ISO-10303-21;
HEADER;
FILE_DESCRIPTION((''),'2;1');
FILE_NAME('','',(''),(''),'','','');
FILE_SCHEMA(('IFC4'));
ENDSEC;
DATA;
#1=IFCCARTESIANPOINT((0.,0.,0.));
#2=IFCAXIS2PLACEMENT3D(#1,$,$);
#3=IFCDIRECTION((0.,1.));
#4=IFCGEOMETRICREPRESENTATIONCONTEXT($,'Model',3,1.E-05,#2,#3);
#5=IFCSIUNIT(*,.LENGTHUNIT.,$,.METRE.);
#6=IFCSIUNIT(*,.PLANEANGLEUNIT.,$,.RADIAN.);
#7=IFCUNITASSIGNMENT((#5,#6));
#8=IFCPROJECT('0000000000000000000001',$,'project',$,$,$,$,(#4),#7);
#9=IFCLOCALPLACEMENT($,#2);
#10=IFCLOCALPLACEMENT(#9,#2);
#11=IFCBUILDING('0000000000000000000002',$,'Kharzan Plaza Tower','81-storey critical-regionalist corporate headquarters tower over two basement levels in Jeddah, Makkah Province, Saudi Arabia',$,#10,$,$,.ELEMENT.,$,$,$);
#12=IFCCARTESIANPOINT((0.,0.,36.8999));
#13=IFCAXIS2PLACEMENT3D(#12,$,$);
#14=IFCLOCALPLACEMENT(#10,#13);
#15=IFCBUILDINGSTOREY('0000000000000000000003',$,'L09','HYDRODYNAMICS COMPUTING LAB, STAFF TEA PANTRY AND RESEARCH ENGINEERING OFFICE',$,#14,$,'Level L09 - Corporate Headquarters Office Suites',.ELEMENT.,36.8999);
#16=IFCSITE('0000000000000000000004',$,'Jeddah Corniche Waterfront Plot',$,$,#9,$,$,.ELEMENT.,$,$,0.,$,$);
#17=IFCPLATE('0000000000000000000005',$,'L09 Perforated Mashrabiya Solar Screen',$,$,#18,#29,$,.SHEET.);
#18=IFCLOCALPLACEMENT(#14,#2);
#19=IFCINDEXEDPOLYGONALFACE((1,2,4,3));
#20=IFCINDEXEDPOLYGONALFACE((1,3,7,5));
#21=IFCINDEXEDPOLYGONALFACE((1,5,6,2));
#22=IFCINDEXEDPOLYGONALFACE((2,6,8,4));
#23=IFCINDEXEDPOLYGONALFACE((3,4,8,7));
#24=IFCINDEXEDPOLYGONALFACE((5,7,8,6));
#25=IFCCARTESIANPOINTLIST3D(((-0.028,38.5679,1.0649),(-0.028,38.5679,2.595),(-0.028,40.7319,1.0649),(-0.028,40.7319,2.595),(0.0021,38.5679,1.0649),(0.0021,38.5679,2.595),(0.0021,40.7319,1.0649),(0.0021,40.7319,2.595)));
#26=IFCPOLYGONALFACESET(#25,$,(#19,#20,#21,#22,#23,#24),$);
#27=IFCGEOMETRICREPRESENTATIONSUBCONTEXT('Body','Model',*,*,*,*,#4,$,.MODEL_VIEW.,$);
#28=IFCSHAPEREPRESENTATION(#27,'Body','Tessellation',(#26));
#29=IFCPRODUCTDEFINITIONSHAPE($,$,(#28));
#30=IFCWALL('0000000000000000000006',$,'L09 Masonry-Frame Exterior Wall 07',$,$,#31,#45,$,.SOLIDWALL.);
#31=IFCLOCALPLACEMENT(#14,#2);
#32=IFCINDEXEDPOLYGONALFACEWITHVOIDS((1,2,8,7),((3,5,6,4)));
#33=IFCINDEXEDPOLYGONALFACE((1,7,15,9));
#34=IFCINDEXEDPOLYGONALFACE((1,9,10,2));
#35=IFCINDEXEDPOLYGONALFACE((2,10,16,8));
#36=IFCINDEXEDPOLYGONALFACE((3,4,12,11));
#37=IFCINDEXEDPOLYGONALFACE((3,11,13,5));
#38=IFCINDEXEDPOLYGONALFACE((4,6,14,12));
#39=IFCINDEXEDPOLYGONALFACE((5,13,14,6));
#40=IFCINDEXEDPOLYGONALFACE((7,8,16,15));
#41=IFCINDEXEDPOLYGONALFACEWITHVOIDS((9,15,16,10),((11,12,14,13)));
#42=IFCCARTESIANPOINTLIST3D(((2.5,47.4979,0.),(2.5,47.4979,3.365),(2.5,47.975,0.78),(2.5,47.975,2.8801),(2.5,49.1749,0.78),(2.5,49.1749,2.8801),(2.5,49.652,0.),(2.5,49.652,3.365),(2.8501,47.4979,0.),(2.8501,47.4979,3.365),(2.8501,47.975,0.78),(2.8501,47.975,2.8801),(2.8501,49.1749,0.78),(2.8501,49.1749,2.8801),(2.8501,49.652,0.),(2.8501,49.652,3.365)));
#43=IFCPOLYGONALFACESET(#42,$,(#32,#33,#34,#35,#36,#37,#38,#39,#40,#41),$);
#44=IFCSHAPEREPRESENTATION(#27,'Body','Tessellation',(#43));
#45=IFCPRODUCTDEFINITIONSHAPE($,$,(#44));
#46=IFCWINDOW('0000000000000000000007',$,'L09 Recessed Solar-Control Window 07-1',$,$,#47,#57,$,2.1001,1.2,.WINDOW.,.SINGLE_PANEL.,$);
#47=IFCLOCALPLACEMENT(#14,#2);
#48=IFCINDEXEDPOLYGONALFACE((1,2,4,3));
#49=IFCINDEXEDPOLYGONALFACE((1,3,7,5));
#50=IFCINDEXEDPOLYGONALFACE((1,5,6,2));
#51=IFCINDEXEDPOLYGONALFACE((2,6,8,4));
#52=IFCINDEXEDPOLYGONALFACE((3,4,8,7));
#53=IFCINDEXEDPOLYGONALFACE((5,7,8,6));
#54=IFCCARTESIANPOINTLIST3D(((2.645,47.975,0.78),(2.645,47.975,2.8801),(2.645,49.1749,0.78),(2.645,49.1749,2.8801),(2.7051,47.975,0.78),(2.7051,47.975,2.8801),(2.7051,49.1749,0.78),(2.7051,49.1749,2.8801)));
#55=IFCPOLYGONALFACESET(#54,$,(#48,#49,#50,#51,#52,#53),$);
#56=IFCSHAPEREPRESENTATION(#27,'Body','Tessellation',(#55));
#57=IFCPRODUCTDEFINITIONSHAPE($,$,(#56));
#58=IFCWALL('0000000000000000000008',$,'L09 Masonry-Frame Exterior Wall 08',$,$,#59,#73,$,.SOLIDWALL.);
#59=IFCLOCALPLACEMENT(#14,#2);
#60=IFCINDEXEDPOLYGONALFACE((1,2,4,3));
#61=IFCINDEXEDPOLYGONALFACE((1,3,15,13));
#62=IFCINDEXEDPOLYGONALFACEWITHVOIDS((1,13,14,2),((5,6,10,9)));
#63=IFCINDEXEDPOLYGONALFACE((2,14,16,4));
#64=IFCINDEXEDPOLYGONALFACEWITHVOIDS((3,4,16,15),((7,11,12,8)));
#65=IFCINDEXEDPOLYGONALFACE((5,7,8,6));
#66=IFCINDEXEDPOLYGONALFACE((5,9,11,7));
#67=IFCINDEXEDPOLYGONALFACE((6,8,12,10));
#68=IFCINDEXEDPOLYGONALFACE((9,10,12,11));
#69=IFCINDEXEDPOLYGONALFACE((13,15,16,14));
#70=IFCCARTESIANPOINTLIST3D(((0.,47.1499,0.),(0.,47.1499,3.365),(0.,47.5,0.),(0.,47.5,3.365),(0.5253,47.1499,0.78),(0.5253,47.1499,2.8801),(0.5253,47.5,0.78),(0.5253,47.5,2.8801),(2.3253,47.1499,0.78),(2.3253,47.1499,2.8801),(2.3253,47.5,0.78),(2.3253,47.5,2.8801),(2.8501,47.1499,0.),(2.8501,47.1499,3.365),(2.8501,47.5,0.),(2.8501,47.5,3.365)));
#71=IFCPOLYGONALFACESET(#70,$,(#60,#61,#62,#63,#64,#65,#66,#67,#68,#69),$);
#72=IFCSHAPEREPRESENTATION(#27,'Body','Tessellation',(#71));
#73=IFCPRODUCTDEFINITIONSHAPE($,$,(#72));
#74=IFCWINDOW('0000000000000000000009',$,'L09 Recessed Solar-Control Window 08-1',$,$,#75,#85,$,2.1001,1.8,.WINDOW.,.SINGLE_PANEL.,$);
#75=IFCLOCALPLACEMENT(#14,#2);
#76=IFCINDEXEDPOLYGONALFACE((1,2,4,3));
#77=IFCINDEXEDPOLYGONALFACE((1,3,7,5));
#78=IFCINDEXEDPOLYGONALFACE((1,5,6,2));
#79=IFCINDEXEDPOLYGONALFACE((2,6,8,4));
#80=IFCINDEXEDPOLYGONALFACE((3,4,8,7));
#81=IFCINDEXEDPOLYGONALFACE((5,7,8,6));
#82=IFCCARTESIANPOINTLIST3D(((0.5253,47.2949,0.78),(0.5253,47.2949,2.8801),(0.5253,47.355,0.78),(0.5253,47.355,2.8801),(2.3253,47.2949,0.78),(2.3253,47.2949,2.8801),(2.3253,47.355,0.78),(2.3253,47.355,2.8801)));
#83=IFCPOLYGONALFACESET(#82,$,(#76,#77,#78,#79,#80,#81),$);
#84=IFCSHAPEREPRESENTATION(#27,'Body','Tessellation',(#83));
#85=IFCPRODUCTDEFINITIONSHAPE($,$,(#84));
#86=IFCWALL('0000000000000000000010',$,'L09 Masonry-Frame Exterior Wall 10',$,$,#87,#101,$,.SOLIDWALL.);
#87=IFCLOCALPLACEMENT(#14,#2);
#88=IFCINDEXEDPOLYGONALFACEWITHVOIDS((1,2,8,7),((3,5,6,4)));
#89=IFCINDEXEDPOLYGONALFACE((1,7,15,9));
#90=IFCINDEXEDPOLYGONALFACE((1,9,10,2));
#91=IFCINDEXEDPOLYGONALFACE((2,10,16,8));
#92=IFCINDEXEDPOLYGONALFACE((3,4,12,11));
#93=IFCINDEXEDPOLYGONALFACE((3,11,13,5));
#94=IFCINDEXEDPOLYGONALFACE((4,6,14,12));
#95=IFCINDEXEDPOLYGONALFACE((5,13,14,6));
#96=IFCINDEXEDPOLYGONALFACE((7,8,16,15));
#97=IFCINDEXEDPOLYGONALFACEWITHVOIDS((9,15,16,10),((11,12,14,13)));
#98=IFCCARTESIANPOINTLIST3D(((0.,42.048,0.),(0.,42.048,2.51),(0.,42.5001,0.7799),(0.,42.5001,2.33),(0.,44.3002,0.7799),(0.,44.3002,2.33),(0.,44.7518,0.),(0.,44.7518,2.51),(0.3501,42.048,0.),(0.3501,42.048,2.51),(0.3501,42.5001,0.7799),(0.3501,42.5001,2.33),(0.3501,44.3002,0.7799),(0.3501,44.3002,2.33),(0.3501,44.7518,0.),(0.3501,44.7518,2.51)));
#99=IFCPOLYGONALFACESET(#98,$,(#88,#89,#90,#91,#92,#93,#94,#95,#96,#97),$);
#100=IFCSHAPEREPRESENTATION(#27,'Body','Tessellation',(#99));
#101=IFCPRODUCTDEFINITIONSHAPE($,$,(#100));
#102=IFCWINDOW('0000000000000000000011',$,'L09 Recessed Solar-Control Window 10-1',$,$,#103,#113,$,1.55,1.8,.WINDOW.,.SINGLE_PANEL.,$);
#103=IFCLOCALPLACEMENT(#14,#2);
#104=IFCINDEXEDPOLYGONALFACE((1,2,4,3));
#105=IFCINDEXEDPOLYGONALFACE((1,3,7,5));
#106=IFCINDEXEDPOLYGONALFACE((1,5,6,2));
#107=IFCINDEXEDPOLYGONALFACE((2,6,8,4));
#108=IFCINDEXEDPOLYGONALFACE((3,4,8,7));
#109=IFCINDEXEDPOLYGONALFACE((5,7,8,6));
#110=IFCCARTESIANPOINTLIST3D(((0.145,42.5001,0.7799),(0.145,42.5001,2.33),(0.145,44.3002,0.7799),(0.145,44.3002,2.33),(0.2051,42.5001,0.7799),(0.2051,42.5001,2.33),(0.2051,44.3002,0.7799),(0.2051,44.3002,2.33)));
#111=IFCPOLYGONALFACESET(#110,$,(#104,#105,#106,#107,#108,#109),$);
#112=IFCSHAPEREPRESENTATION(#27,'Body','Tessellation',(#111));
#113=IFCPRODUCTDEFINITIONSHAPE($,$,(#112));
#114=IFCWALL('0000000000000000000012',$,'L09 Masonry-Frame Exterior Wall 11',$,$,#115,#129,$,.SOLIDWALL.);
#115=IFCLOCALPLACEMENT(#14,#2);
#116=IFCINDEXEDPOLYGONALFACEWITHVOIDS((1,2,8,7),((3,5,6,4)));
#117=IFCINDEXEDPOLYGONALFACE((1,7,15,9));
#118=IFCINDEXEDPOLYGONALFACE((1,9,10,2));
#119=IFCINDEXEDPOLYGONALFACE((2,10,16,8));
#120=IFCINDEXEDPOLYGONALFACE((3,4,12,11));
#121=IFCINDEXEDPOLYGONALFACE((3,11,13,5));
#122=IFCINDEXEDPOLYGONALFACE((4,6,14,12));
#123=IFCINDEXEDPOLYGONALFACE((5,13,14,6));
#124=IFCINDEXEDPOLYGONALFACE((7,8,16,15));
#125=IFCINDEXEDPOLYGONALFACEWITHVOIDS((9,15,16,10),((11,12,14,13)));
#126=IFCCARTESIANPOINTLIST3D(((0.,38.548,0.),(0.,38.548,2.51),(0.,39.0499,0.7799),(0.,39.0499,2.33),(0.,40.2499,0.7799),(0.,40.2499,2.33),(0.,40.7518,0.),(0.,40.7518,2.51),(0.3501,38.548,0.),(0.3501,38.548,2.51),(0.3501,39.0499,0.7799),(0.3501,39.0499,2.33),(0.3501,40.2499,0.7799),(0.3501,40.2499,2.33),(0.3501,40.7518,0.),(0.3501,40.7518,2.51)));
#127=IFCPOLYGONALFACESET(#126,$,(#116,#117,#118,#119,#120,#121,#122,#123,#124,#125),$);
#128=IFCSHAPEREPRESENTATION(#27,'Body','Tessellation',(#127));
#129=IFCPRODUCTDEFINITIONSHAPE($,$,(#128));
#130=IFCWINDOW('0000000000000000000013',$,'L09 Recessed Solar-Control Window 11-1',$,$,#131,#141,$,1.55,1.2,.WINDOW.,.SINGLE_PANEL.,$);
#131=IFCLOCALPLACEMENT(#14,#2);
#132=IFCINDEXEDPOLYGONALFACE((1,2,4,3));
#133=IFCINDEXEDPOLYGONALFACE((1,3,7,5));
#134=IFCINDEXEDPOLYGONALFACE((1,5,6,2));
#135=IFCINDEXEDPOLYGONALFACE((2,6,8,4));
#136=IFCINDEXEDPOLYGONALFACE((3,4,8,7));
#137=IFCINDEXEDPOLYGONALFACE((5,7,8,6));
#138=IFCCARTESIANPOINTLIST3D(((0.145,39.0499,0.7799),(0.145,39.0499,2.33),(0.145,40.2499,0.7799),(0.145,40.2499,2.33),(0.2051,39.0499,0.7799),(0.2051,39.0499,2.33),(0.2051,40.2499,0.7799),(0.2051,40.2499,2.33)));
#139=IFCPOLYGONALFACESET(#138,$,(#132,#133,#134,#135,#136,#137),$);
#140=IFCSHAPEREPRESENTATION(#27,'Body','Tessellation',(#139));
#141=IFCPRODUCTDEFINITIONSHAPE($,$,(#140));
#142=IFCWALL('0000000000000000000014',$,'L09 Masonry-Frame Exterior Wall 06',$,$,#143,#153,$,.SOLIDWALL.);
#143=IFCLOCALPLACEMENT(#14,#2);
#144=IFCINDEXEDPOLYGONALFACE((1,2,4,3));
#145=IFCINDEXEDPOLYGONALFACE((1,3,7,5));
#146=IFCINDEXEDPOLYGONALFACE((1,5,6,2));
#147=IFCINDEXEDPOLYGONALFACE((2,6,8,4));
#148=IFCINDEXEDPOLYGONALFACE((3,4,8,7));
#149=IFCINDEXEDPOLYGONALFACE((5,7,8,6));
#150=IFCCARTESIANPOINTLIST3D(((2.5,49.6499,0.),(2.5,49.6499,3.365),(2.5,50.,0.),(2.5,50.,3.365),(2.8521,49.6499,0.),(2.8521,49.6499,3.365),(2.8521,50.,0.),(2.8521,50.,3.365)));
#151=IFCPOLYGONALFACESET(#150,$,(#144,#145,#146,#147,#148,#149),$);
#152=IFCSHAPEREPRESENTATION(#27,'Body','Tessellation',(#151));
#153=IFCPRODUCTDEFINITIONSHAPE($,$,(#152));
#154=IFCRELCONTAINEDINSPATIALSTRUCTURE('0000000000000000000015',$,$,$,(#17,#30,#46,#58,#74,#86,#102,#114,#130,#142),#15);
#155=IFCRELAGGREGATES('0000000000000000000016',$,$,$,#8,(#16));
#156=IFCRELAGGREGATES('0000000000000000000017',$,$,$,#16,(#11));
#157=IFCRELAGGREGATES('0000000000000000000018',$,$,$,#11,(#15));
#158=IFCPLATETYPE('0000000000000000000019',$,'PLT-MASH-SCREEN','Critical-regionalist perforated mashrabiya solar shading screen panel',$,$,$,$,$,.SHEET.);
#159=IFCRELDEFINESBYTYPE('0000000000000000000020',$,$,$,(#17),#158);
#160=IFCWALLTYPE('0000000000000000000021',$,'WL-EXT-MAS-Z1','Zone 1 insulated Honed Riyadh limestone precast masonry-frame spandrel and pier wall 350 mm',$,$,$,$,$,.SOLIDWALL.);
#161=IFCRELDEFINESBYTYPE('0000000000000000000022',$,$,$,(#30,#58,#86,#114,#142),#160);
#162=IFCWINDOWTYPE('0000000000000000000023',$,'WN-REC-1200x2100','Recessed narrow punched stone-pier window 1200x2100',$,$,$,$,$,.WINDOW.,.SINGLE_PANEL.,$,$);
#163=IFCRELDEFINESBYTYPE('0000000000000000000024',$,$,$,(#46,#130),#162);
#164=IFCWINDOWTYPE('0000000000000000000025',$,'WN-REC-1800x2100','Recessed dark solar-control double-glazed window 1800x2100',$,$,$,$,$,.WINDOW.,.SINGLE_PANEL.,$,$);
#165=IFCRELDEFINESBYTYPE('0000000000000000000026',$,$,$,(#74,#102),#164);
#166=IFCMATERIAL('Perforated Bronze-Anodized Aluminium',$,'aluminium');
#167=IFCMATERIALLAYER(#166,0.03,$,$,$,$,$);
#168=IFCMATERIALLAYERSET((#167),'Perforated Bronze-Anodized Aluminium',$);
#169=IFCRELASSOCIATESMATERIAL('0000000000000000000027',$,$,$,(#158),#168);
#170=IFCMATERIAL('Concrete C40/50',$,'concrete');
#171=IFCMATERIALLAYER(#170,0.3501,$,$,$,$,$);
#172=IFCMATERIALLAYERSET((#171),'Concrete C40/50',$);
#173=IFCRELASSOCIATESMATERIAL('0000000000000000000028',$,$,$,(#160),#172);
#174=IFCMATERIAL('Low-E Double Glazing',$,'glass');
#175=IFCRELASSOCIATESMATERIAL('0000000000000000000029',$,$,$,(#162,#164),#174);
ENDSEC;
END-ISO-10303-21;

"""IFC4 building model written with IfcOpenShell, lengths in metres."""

from ifc_helpers import new_model, si_unit, direction, frame, frame_2d, origin, origin_2d, place, context, subcontext, project, spatial, rectangle, extrude, source, transform, mapped, material, layer, layer_set, type_object, element, fill, save


model = new_model("IFC4")

# Units and contexts
model_context = context("Model", 3, precision=1e-05, world=origin(), true_north=direction((0.0, 1.0)))
body_context = subcontext(model_context, "Body", "Model", "MODEL_VIEW")
ifc_project = project(units=[si_unit("LENGTHUNIT", "METRE"), si_unit("PLANEANGLEUNIT", "RADIAN")], contexts=[model_context])

# Site, building, storey
site_placement = place(None, origin())
site = spatial("IfcSite", under=ifc_project, at=site_placement, Name="Jeddah Corniche Waterfront Plot", CompositionType="ELEMENT", RefElevation=0.0)
building_placement = place(site_placement, origin())
building = spatial("IfcBuilding", under=site, at=building_placement, Name="Kharzan Plaza Tower", Description="81-storey critical-regionalist corporate headquarters tower over two basement levels in Jeddah, Makkah Province, Saudi Arabia", CompositionType="ELEMENT")
storey_placement = place(building_placement, frame((0.0, 0.0, 36.8999)))
storey = spatial("IfcBuildingStorey", under=building, at=storey_placement, Name="L09", Description="HYDRODYNAMICS COMPUTING LAB, STAFF TEA PANTRY AND RESEARCH ENGINEERING OFFICE", LongName="Level L09 - Corporate Headquarters Office Suites", CompositionType="ELEMENT", Elevation=36.8999)

# Plate
ifc_material_1 = material(Name="Perforated Bronze-Anodized Aluminium", Category="aluminium")
ifc_layer_1 = layer(ifc_material_1, 0.03)
ifc_layer_set_1 = layer_set([ifc_layer_1], Name="Perforated Bronze-Anodized Aluminium")
plate_type = type_object("IfcPlateType", Name="PLT-MASH-SCREEN", Description="Critical-regionalist perforated mashrabiya solar shading screen panel", PredefinedType="SHEET", material=ifc_layer_set_1)
shared_shape_1 = source(origin(), body_context, "Body", "SweptSolid", [
    extrude(rectangle(XDim=2.1641, YDim=0.03, at=origin_2d()), origin(), (0.0, 0.0, 1.0), 1.53),
])
plate_1_placement = place(storey_placement, frame((-0.0129, 39.6499, 1.0649), z_axis=(0.0, 0.0, 1.0), x_axis=(0.0, -1.0, 0.0)))
element("IfcPlate", 1, at=plate_1_placement, inside=storey, type_object=plate_type, Name="L09 Perforated Mashrabiya Solar Screen", PredefinedType="SHEET", context=body_context, shape_type="MappedRepresentation", body=[
    mapped(shared_shape_1, transform((0.0, 0.0, 0.0), x_axis=(1.0, 0.0, 0.0), y_axis=(0.0, 1.0, 0.0), z_axis=(0.0, 0.0, 1.0))),
])

# Walls, openings, windows
ifc_material_2 = material(Name="Concrete C40/50", Category="concrete")
ifc_layer_2 = layer(ifc_material_2, 0.3501)
ifc_layer_set_2 = layer_set([ifc_layer_2], Name="Concrete C40/50")
wall_type = type_object("IfcWallType", Name="WL-EXT-MAS-Z1", Description="Zone 1 insulated Honed Riyadh limestone precast masonry-frame spandrel and pier wall 350 mm", PredefinedType="SOLIDWALL", material=ifc_layer_set_2)
wall_1_placement = place(storey_placement, frame((2.675, 49.6521, 0.0), z_axis=(0.0, 0.0, 1.0), x_axis=(0.0, -1.0, 0.0)))
wall_1 = element("IfcWall", 2, at=wall_1_placement, inside=storey, type_object=wall_type, Name="L09 Masonry-Frame Exterior Wall 07", PredefinedType="SOLIDWALL", context=body_context, shape_type="SweptSolid", body=[
    extrude(rectangle(XDim=2.1541, YDim=0.3501, at=frame_2d((1.0771, 0.0))), origin(), (0.0, 0.0, 1.0), 3.365),
])
opening_1_placement = place(wall_1_placement, frame((0.4771, 0.0, 0.78)))
opening_1 = element("IfcOpeningElement", 3, at=opening_1_placement, cuts=wall_1, PredefinedType="OPENING", context=body_context, shape_type="SweptSolid", body=[
    extrude(rectangle(XDim=1.2, YDim=2.1001, at=frame_2d((0.6001, 1.05))), frame((0.0, 0.1851, 0.0), z_axis=(0.0, -1.0, 0.0), x_axis=(1.0, 0.0, 0.0)), (0.0, 0.0, 1.0), 0.3701),
])
ifc_material_3 = material(Name="Low-E Double Glazing", Category="glass")
window_type_1 = type_object("IfcWindowType", Name="WN-REC-1200x2100", Description="Recessed narrow punched stone-pier window 1200x2100", PartitioningType="SINGLE_PANEL", PredefinedType="WINDOW", material=ifc_material_3)
shared_shape_2 = source(origin(), body_context, "Body", "SweptSolid", [
    extrude(rectangle(XDim=1.2, YDim=2.1001, at=frame_2d((0.6001, 1.05))), frame((0.0, 0.03, 0.0), z_axis=(0.0, -1.0, 0.0), x_axis=(1.0, 0.0, 0.0)), (0.0, 0.0, 1.0), 0.0601),
])
window_1_placement = place(opening_1_placement, origin())
window_1 = element("IfcWindow", 4, at=window_1_placement, inside=storey, type_object=window_type_1, Name="L09 Recessed Solar-Control Window 07-1", OverallHeight=2.1001, OverallWidth=1.2, PartitioningType="SINGLE_PANEL", PredefinedType="WINDOW", context=body_context, shape_type="MappedRepresentation", body=[
    mapped(shared_shape_2, transform((0.0, 0.0, 0.0), x_axis=(1.0, 0.0, 0.0), y_axis=(0.0, 1.0, 0.0), z_axis=(0.0, 0.0, 1.0))),
])
fill(opening_1, window_1)
wall_2_placement = place(storey_placement, frame((2.8501, 47.325, 0.0), z_axis=(0.0, 0.0, 1.0), x_axis=(-1.0, 0.0, 0.0)))
wall_2 = element("IfcWall", 5, at=wall_2_placement, inside=storey, type_object=wall_type, Name="L09 Masonry-Frame Exterior Wall 08", PredefinedType="SOLIDWALL", context=body_context, shape_type="SweptSolid", body=[
    extrude(rectangle(XDim=2.8501, YDim=0.3501, at=frame_2d((1.425, 0.0))), origin(), (0.0, 0.0, 1.0), 3.365),
])
opening_2_placement = place(wall_2_placement, frame((0.5249, 0.0, 0.78)))
opening_2 = element("IfcOpeningElement", 6, at=opening_2_placement, cuts=wall_2, PredefinedType="OPENING", context=body_context, shape_type="SweptSolid", body=[
    extrude(rectangle(XDim=1.8, YDim=2.1001, at=frame_2d((0.8999, 1.05))), frame((0.0, 0.1851, 0.0), z_axis=(0.0, -1.0, 0.0), x_axis=(1.0, 0.0, 0.0)), (0.0, 0.0, 1.0), 0.3701),
])
window_type_2 = type_object("IfcWindowType", Name="WN-REC-1800x2100", Description="Recessed dark solar-control double-glazed window 1800x2100", PartitioningType="SINGLE_PANEL", PredefinedType="WINDOW", material=ifc_material_3)
shared_shape_3 = source(origin(), body_context, "Body", "SweptSolid", [
    extrude(rectangle(XDim=1.8, YDim=2.1001, at=frame_2d((0.8999, 1.05))), frame((0.0, 0.03, 0.0), z_axis=(0.0, -1.0, 0.0), x_axis=(1.0, 0.0, 0.0)), (0.0, 0.0, 1.0), 0.0601),
])
window_2_placement = place(opening_2_placement, origin())
window_2 = element("IfcWindow", 7, at=window_2_placement, inside=storey, type_object=window_type_2, Name="L09 Recessed Solar-Control Window 08-1", OverallHeight=2.1001, OverallWidth=1.8, PartitioningType="SINGLE_PANEL", PredefinedType="WINDOW", context=body_context, shape_type="MappedRepresentation", body=[
    mapped(shared_shape_3, transform((0.0, 0.0, 0.0), x_axis=(1.0, 0.0, 0.0), y_axis=(0.0, 1.0, 0.0), z_axis=(0.0, 0.0, 1.0))),
])
fill(opening_2, window_2)
wall_3_placement = place(storey_placement, frame((0.175, 44.752, 0.0), z_axis=(0.0, 0.0, 1.0), x_axis=(0.0, -1.0, 0.0)))
wall_3 = element("IfcWall", 8, at=wall_3_placement, inside=storey, type_object=wall_type, Name="L09 Masonry-Frame Exterior Wall 10", PredefinedType="SOLIDWALL", context=body_context, shape_type="SweptSolid", body=[
    extrude(rectangle(XDim=2.7039, YDim=0.3501, at=frame_2d((1.3521, 0.0))), origin(), (0.0, 0.0, 1.0), 2.51),
])
opening_3_placement = place(wall_3_placement, frame((0.4519, 0.0, 0.78)))
opening_3 = element("IfcOpeningElement", 9, at=opening_3_placement, cuts=wall_3, PredefinedType="OPENING", context=body_context, shape_type="SweptSolid", body=[
    extrude(rectangle(XDim=1.8, YDim=1.55, at=frame_2d((0.8999, 0.7749))), frame((0.0, 0.1851, 0.0), z_axis=(0.0, -1.0, 0.0), x_axis=(1.0, 0.0, 0.0)), (0.0, 0.0, 1.0), 0.3701),
])
shared_shape_4 = source(origin(), body_context, "Body", "SweptSolid", [
    extrude(rectangle(XDim=1.8, YDim=1.55, at=frame_2d((0.8999, 0.7749))), frame((0.0, 0.03, 0.0), z_axis=(0.0, -1.0, 0.0), x_axis=(1.0, 0.0, 0.0)), (0.0, 0.0, 1.0), 0.0601),
])
window_3_placement = place(opening_3_placement, origin())
window_3 = element("IfcWindow", 10, at=window_3_placement, inside=storey, type_object=window_type_2, Name="L09 Recessed Solar-Control Window 10-1", OverallHeight=1.55, OverallWidth=1.8, PartitioningType="SINGLE_PANEL", PredefinedType="WINDOW", context=body_context, shape_type="MappedRepresentation", body=[
    mapped(shared_shape_4, transform((0.0, 0.0, 0.0), x_axis=(1.0, 0.0, 0.0), y_axis=(0.0, 1.0, 0.0), z_axis=(0.0, 0.0, 1.0))),
])
fill(opening_3, window_3)
wall_4_placement = place(storey_placement, frame((0.175, 40.752, 0.0), z_axis=(0.0, 0.0, 1.0), x_axis=(0.0, -1.0, 0.0)))
wall_4 = element("IfcWall", 11, at=wall_4_placement, inside=storey, type_object=wall_type, Name="L09 Masonry-Frame Exterior Wall 11", PredefinedType="SOLIDWALL", context=body_context, shape_type="SweptSolid", body=[
    extrude(rectangle(XDim=2.2039, YDim=0.3501, at=frame_2d((1.1021, 0.0))), origin(), (0.0, 0.0, 1.0), 2.51),
])
opening_4_placement = place(wall_4_placement, frame((0.502, 0.0, 0.78)))
opening_4 = element("IfcOpeningElement", 12, at=opening_4_placement, cuts=wall_4, PredefinedType="OPENING", context=body_context, shape_type="SweptSolid", body=[
    extrude(rectangle(XDim=1.2, YDim=1.55, at=frame_2d((0.6001, 0.7749))), frame((0.0, 0.1851, 0.0), z_axis=(0.0, -1.0, 0.0), x_axis=(1.0, 0.0, 0.0)), (0.0, 0.0, 1.0), 0.3701),
])
shared_shape_5 = source(origin(), body_context, "Body", "SweptSolid", [
    extrude(rectangle(XDim=1.2, YDim=1.55, at=frame_2d((0.6001, 0.7749))), frame((0.0, 0.03, 0.0), z_axis=(0.0, -1.0, 0.0), x_axis=(1.0, 0.0, 0.0)), (0.0, 0.0, 1.0), 0.0601),
])
window_4_placement = place(opening_4_placement, origin())
window_4 = element("IfcWindow", 13, at=window_4_placement, inside=storey, type_object=window_type_1, Name="L09 Recessed Solar-Control Window 11-1", OverallHeight=1.55, OverallWidth=1.2, PartitioningType="SINGLE_PANEL", PredefinedType="WINDOW", context=body_context, shape_type="MappedRepresentation", body=[
    mapped(shared_shape_5, transform((0.0, 0.0, 0.0), x_axis=(1.0, 0.0, 0.0), y_axis=(0.0, 1.0, 0.0), z_axis=(0.0, 0.0, 1.0))),
])
fill(opening_4, window_4)

# Wall
shared_shape_6 = source(origin(), body_context, "Body", "SweptSolid", [
    extrude(rectangle(XDim=0.3521, YDim=0.3501, at=frame_2d((0.176, 0.0))), origin(), (0.0, 0.0, 1.0), 3.365),
])
wall_5_placement = place(storey_placement, frame((2.8521, 49.825, 0.0), z_axis=(0.0, 0.0, 1.0), x_axis=(-1.0, 0.0, 0.0)))
element("IfcWall", 14, at=wall_5_placement, inside=storey, type_object=wall_type, Name="L09 Masonry-Frame Exterior Wall 06", PredefinedType="SOLIDWALL", context=body_context, shape_type="MappedRepresentation", body=[
    mapped(shared_shape_6, transform((0.0, 0.0, 0.0), x_axis=(1.0, 0.0, 0.0), y_axis=(0.0, 1.0, 0.0), z_axis=(0.0, 0.0, 1.0))),
])

save(model, "model.ifc")
